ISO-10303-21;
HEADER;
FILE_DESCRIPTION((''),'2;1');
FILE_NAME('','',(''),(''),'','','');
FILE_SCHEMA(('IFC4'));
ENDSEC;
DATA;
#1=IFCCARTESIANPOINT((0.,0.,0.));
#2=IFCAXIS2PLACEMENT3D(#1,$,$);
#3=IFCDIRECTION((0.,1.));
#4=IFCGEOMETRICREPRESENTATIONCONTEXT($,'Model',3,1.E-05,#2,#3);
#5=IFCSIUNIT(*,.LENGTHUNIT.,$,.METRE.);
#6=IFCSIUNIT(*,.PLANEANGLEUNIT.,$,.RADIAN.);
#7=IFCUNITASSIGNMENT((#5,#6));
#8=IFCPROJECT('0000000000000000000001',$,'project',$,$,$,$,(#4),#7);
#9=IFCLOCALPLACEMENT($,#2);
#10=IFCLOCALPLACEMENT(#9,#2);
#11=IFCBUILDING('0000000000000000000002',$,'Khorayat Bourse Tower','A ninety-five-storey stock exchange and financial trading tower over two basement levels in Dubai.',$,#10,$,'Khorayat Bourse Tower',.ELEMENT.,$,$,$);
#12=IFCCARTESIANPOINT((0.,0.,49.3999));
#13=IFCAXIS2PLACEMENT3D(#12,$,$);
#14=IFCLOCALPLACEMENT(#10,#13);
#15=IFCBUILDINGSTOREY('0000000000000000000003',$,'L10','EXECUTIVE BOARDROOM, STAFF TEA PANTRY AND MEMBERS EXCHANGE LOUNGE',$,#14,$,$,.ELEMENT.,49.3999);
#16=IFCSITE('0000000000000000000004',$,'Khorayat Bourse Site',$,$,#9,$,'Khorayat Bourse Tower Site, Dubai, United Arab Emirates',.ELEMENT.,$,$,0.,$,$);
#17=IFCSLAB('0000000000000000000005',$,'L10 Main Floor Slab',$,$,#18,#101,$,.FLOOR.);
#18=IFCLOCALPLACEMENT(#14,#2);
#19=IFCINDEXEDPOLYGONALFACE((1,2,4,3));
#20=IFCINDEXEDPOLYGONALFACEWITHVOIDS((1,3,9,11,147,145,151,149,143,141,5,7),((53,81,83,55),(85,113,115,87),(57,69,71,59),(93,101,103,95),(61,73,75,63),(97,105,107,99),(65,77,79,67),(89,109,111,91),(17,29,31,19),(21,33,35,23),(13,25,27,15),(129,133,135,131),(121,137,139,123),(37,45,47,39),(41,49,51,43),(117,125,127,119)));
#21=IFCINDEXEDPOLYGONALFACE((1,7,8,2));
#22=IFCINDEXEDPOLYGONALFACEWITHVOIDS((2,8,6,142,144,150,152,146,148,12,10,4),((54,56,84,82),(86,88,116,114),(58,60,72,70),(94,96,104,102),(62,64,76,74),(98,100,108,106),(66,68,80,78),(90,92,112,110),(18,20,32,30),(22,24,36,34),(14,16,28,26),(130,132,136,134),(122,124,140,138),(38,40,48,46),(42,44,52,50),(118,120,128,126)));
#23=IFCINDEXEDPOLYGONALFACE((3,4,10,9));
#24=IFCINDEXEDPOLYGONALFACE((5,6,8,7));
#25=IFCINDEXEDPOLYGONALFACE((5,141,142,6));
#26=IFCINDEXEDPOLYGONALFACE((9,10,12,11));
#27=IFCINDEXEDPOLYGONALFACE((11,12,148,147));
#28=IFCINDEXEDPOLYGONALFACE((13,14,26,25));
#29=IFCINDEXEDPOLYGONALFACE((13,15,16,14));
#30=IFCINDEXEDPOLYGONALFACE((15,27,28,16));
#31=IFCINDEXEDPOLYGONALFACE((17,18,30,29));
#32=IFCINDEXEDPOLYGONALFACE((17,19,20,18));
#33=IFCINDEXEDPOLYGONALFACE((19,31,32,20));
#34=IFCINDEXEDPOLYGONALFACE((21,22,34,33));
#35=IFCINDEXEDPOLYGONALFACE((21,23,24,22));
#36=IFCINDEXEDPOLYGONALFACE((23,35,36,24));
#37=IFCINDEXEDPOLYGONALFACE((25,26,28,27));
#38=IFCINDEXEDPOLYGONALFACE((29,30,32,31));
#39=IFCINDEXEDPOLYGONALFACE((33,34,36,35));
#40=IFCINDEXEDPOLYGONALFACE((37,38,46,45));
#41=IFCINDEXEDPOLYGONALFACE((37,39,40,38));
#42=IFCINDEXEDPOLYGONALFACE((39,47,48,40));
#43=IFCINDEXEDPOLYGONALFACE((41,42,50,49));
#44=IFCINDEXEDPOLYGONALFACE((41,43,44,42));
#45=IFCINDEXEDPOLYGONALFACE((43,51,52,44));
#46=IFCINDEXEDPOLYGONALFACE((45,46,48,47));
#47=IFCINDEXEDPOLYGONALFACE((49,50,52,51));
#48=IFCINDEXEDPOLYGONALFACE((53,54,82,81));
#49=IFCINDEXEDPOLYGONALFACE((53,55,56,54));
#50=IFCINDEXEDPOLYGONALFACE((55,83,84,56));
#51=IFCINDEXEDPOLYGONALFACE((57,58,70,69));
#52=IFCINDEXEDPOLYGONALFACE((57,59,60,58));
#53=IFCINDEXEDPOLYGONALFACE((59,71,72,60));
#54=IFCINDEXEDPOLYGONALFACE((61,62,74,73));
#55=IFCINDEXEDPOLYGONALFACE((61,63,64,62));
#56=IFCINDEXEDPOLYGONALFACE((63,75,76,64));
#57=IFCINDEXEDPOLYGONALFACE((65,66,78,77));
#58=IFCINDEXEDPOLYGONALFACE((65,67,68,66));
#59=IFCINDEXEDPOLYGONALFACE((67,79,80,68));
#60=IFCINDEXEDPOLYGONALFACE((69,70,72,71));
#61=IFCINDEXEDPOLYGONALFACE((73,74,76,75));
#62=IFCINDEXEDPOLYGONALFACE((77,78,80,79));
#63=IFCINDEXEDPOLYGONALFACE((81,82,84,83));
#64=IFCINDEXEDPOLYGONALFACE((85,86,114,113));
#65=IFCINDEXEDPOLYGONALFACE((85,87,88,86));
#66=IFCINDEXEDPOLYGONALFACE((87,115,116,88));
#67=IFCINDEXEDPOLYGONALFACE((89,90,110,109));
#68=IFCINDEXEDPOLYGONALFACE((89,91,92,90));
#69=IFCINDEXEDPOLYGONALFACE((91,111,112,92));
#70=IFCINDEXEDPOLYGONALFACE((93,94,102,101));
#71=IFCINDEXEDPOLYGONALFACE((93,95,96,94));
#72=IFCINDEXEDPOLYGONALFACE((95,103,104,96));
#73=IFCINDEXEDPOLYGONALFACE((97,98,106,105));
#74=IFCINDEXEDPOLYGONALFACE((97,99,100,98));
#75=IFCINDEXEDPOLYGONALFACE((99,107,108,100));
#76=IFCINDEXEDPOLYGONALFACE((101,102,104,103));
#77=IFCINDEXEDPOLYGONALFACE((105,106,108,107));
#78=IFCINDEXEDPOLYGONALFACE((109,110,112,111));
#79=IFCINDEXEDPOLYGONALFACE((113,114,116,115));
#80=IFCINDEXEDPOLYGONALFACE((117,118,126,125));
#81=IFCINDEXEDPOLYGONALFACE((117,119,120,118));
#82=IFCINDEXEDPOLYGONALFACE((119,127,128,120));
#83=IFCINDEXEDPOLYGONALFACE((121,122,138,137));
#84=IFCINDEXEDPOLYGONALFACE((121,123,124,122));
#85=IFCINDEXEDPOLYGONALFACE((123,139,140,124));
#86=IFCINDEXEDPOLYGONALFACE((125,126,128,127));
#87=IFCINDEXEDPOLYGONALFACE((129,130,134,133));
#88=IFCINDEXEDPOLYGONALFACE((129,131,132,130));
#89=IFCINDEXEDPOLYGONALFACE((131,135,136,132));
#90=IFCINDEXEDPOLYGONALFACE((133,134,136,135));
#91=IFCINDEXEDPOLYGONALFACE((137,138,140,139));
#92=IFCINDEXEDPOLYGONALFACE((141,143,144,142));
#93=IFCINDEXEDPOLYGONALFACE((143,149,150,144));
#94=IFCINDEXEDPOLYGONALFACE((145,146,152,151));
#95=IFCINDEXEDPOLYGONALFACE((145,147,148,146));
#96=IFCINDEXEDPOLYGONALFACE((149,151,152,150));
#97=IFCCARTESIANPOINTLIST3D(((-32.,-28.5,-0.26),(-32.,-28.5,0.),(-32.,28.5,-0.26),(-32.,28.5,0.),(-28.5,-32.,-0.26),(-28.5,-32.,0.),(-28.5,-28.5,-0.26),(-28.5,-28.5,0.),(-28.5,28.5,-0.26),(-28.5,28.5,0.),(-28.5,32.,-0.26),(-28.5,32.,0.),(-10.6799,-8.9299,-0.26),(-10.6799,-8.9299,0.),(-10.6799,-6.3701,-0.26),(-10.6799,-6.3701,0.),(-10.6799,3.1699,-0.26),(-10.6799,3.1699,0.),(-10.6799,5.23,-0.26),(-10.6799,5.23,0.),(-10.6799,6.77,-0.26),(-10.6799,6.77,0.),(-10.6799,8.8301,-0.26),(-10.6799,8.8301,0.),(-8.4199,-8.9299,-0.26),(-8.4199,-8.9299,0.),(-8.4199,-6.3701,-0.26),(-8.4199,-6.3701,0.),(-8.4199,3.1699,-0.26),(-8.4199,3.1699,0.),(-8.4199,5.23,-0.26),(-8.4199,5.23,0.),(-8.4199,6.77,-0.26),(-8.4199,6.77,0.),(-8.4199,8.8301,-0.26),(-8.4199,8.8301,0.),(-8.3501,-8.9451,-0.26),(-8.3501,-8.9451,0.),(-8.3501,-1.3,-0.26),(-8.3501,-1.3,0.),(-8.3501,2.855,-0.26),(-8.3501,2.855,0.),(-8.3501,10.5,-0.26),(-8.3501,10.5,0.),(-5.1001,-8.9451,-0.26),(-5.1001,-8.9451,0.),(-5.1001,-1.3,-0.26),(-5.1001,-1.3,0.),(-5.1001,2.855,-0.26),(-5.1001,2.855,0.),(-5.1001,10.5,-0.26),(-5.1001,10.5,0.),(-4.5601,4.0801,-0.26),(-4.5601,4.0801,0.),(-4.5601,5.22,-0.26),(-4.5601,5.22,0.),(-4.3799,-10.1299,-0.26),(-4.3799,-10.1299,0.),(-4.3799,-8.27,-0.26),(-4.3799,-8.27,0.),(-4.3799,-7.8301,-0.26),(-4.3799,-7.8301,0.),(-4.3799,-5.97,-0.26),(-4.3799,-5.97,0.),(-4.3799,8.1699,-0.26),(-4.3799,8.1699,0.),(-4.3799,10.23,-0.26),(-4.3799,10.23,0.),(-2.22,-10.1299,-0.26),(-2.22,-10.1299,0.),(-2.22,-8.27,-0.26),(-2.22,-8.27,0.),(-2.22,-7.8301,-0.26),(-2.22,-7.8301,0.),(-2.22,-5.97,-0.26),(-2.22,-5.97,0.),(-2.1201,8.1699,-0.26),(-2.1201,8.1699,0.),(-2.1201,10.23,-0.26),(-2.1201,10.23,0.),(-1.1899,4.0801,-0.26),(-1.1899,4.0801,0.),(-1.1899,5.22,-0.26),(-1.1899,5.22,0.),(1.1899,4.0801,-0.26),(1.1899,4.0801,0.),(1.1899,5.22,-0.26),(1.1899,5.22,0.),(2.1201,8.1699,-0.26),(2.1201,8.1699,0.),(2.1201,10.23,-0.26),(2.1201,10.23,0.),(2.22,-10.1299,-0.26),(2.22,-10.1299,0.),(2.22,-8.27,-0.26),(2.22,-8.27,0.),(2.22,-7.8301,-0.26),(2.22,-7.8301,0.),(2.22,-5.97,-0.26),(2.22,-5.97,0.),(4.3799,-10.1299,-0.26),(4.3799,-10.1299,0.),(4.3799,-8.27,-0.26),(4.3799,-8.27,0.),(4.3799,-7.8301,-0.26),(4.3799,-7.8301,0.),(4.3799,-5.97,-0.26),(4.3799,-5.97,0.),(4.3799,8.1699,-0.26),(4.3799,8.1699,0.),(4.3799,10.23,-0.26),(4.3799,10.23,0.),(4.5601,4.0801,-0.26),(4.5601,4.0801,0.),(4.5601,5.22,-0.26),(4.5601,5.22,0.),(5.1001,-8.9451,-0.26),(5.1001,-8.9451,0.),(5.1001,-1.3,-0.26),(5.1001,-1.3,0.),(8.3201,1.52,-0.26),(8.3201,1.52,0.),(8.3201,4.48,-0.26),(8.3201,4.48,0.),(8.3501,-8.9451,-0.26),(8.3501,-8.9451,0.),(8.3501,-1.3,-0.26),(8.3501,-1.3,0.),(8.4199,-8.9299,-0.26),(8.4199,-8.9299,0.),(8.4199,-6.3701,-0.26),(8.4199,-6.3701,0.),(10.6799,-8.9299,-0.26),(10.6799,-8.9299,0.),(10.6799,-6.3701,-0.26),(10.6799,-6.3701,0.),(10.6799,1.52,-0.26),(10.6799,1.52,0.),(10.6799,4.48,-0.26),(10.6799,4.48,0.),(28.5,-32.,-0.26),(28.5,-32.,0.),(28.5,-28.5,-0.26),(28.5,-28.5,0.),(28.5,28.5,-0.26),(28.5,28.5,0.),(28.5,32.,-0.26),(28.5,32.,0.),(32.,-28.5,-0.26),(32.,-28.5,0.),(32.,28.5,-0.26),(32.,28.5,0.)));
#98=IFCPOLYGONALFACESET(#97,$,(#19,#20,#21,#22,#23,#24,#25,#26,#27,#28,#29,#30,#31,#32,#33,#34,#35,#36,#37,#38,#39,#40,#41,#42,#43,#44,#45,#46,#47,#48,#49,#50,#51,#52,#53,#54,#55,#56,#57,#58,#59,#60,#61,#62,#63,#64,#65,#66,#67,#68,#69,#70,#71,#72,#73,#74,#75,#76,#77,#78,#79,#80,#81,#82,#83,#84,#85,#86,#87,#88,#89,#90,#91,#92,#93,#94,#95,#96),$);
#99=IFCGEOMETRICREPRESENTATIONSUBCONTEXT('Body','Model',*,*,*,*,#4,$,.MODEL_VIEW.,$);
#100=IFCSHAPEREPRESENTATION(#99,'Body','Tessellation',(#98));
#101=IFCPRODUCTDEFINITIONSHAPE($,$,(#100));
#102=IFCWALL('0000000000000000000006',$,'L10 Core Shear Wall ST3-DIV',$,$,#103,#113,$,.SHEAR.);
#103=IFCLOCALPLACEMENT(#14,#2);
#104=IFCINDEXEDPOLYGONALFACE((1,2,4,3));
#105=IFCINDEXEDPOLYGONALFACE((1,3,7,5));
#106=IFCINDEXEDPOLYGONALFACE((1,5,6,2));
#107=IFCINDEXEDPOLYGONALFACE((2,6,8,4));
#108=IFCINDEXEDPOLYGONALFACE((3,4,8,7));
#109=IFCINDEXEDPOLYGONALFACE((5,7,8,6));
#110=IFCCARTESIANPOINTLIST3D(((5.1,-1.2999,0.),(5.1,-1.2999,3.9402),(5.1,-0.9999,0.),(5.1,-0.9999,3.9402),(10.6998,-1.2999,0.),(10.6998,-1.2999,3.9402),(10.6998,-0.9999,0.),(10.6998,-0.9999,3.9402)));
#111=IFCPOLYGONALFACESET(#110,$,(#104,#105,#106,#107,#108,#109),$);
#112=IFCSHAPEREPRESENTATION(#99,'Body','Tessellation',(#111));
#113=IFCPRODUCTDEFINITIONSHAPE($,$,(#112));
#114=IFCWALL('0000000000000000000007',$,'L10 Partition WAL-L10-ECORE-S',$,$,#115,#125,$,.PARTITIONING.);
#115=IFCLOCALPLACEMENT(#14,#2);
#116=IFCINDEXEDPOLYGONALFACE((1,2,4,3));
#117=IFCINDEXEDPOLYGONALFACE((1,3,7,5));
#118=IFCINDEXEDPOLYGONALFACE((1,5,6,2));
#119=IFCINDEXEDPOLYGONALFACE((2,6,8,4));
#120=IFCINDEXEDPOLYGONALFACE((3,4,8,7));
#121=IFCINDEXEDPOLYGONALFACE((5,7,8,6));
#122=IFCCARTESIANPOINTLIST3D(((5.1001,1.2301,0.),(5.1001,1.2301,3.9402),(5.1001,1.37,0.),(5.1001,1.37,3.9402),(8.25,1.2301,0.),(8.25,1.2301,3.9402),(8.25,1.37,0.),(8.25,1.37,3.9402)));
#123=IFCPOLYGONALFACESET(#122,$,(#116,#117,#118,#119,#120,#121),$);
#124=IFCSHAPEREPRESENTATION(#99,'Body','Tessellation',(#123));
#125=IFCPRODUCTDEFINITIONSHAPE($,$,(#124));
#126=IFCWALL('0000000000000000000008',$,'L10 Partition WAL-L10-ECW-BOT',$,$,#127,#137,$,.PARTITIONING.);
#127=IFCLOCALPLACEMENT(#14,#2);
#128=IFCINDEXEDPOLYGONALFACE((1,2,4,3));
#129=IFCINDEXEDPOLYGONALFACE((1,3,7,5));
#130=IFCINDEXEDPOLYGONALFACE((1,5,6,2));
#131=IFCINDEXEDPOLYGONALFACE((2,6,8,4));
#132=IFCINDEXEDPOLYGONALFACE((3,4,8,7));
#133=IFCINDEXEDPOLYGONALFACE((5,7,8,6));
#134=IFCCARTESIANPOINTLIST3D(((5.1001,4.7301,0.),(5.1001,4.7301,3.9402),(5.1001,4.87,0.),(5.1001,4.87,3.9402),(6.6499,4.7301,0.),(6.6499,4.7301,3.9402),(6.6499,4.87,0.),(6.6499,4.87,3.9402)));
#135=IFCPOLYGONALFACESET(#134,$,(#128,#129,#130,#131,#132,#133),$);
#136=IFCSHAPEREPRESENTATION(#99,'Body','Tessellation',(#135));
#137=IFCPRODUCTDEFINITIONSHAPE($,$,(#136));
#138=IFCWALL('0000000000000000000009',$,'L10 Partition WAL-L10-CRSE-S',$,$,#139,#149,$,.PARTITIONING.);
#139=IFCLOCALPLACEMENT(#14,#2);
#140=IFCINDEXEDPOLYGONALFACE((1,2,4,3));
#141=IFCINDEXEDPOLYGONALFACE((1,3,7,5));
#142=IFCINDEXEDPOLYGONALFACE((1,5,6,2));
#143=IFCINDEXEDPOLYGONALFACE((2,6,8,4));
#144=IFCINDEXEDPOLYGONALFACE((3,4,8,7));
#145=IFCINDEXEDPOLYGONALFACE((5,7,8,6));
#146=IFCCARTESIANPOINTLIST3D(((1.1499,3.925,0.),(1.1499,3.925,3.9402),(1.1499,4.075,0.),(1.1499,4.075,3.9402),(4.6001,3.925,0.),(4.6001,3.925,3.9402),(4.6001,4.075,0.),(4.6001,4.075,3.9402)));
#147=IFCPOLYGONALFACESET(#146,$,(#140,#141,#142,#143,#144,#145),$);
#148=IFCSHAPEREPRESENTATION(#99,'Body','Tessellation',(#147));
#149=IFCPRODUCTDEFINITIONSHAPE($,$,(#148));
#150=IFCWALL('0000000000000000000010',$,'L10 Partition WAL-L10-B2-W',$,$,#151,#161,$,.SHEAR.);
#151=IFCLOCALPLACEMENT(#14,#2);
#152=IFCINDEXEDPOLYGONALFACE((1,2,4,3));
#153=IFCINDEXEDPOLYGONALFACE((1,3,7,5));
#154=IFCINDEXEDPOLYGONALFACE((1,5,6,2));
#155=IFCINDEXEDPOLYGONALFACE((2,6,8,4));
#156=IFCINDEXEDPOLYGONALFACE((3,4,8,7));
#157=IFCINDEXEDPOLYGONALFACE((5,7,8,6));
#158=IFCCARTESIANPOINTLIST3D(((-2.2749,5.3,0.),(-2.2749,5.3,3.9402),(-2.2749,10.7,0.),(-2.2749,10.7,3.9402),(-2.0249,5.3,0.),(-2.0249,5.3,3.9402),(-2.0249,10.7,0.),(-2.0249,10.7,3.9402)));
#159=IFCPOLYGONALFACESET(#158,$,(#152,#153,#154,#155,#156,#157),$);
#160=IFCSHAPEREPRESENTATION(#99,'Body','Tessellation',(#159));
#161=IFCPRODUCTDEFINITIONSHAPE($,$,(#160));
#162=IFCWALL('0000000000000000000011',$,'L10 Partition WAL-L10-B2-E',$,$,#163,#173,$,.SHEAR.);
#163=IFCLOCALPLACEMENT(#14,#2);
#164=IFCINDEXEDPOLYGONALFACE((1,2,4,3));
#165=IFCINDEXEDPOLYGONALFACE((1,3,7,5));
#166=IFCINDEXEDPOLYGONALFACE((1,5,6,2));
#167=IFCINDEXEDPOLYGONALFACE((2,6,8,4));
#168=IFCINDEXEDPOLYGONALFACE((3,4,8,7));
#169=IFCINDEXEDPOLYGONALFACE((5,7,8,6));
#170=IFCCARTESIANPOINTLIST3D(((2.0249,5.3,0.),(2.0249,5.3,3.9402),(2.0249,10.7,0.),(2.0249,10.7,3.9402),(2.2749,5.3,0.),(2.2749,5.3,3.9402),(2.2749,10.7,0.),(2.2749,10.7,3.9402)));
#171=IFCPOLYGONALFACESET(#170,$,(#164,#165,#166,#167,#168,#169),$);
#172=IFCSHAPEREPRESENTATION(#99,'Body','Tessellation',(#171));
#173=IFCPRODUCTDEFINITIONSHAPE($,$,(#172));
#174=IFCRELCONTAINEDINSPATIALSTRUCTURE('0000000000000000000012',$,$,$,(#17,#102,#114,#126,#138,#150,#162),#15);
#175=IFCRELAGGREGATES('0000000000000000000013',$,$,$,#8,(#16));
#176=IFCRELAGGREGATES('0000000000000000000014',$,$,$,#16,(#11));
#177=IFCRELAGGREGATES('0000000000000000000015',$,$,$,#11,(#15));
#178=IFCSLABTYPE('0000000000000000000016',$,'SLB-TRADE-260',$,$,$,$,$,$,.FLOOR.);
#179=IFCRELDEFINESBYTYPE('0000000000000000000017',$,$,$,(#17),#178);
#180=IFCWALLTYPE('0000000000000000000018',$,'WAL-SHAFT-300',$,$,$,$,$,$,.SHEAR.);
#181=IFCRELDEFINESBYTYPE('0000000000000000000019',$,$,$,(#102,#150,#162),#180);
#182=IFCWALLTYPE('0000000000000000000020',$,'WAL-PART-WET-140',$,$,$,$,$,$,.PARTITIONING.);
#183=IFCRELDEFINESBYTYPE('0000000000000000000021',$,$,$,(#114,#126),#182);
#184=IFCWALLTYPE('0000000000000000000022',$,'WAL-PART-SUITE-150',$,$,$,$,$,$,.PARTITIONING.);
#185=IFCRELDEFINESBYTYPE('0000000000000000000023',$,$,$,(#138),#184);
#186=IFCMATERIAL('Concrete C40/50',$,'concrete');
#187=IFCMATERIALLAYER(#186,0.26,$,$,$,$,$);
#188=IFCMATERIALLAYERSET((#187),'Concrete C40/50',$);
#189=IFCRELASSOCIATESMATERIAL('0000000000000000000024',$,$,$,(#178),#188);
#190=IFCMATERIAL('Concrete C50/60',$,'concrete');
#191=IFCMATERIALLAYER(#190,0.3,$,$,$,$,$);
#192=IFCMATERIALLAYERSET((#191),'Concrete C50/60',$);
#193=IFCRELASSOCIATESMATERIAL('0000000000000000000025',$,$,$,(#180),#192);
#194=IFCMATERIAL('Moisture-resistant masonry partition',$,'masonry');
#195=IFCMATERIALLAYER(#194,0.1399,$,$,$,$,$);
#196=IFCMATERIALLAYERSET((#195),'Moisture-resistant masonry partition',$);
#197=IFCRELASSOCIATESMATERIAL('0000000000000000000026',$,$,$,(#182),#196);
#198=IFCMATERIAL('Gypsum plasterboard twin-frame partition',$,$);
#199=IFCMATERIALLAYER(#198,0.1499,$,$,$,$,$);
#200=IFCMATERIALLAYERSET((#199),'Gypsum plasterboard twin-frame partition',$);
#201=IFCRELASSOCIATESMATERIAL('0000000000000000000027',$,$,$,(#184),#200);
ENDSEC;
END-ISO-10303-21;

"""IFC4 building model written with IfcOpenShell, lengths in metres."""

from ifc_helpers import new_model, si_unit, direction, frame, frame_2d, origin, place, context, subcontext, project, spatial, polyline, rectangle, outline, extrude, source, transform, mapped, material, layer, layer_set, type_object, element, save


model = new_model("IFC4")

# Units and contexts
model_context = context("Model", 3, precision=1e-05, world=origin(), true_north=direction((0.0, 1.0)))
body_context = subcontext(model_context, "Body", "Model", "MODEL_VIEW")
ifc_project = project(units=[si_unit("LENGTHUNIT", "METRE"), si_unit("PLANEANGLEUNIT", "RADIAN")], contexts=[model_context])

# Site, building, storey
site_placement = place(None, origin())
site = spatial("IfcSite", under=ifc_project, at=site_placement, Name="Khorayat Bourse Site", LongName="Khorayat Bourse Tower Site, Dubai, United Arab Emirates", CompositionType="ELEMENT", RefElevation=0.0)
building_placement = place(site_placement, origin())
building = spatial("IfcBuilding", under=site, at=building_placement, Name="Khorayat Bourse Tower", Description="A ninety-five-storey stock exchange and financial trading tower over two basement levels in Dubai.", LongName="Khorayat Bourse Tower", CompositionType="ELEMENT")
storey_placement = place(building_placement, frame((0.0, 0.0, 49.3999)))
storey = spatial("IfcBuildingStorey", under=building, at=storey_placement, Name="L10", Description="EXECUTIVE BOARDROOM, STAFF TEA PANTRY AND MEMBERS EXCHANGE LOUNGE", CompositionType="ELEMENT", Elevation=49.3999)

# Shared definitions
ifc_material_1 = material(Name="Concrete C40/50", Category="concrete")

# Slab
ifc_layer_1 = layer(ifc_material_1, 0.26)
ifc_layer_set_1 = layer_set([ifc_layer_1], Name="Concrete C40/50")
slab_type_1 = type_object("IfcSlabType", Name="SLB-TRADE-260", PredefinedType="FLOOR", material=ifc_layer_set_1)
slab_1_placement = place(storey_placement, frame((0.0, 0.0, -0.26)))
element("IfcSlab", 1, at=slab_1_placement, inside=storey, type_object=slab_type_1, Name="L10 Main Floor Slab", PredefinedType="FLOOR", context=body_context, shape_type="SweptSolid", body=[
    extrude(outline(polyline([(-28.5, -32.0), (28.5, -32.0), (28.5, -28.5), (32.0, -28.5), (32.0, 28.5), (28.5, 28.5), (28.5, 32.0), (-28.5, 32.0), (-28.5, 28.5), (-32.0, 28.5), (-32.0, -28.5), (-28.5, -28.5), (-28.5, -32.0)]), holes=[polyline([(-8.3501, -8.9451), (-5.1001, -8.9451), (-5.1001, -1.3), (-8.3501, -1.3), (-8.3501, -8.9451)]), polyline([(-8.3501, 2.855), (-5.1001, 2.855), (-5.1001, 10.5), (-8.3501, 10.5), (-8.3501, 2.855)]), polyline([(5.1001, -8.9451), (8.3501, -8.9451), (8.3501, -1.3), (5.1001, -1.3), (5.1001, -8.9451)]), polyline([(-4.3799, -10.1299), (-2.22, -10.1299), (-2.22, -8.27), (-4.3799, -8.27), (-4.3799, -10.1299)]), polyline([(2.22, -10.1299), (4.3799, -10.1299), (4.3799, -8.27), (2.22, -8.27), (2.22, -10.1299)]), polyline([(-4.3799, -7.8301), (-2.22, -7.8301), (-2.22, -5.97), (-4.3799, -5.97), (-4.3799, -7.8301)]), polyline([(2.22, -7.8301), (4.3799, -7.8301), (4.3799, -5.97), (2.22, -5.97), (2.22, -7.8301)]), polyline([(-4.3799, 8.1699), (-2.1201, 8.1699), (-2.1201, 10.23), (-4.3799, 10.23), (-4.3799, 8.1699)]), polyline([(2.1201, 8.1699), (4.3799, 8.1699), (4.3799, 10.23), (2.1201, 10.23), (2.1201, 8.1699)]), polyline([(-10.6799, 3.1699), (-8.4199, 3.1699), (-8.4199, 5.23), (-10.6799, 5.23), (-10.6799, 3.1699)]), polyline([(-10.6799, 6.77), (-8.4199, 6.77), (-8.4199, 8.8301), (-10.6799, 8.8301), (-10.6799, 6.77)]), polyline([(-10.6799, -8.9299), (-8.4199, -8.9299), (-8.4199, -6.3701), (-10.6799, -6.3701), (-10.6799, -8.9299)]), polyline([(8.4199, -8.9299), (10.6799, -8.9299), (10.6799, -6.3701), (8.4199, -6.3701), (8.4199, -8.9299)]), polyline([(8.3201, 1.52), (10.6799, 1.52), (10.6799, 4.48), (8.3201, 4.48), (8.3201, 1.52)]), polyline([(-4.5601, 4.0801), (-1.1899, 4.0801), (-1.1899, 5.22), (-4.5601, 5.22), (-4.5601, 4.0801)]), polyline([(1.1899, 4.0801), (4.5601, 4.0801), (4.5601, 5.22), (1.1899, 5.22), (1.1899, 4.0801)])]), origin(), (0.0, 0.0, 1.0), 0.26),
])

# Walls
ifc_material_2 = material(Name="Concrete C50/60", Category="concrete")
ifc_layer_2 = layer(ifc_material_2, 0.3)
ifc_layer_set_2 = layer_set([ifc_layer_2], Name="Concrete C50/60")
wall_type_1 = type_object("IfcWallType", Name="WAL-SHAFT-300", PredefinedType="SHEAR", material=ifc_layer_set_2)
shared_shape_1 = source(origin(), body_context, "Body", "SweptSolid", [
    extrude(rectangle(XDim=5.5999, YDim=0.3, at=frame_2d((2.7998, 0.0))), origin(), (0.0, 0.0, 1.0), 3.9402),
])
wall_1_placement = place(storey_placement, frame((5.1001, -1.1499, 0.0), z_axis=(0.0, 0.0, 1.0), x_axis=(1.0, 0.0, 0.0)))
element("IfcWall", 2, at=wall_1_placement, inside=storey, type_object=wall_type_1, Name="L10 Core Shear Wall ST3-DIV", PredefinedType="SHEAR", context=body_context, shape_type="MappedRepresentation", body=[
    mapped(shared_shape_1, transform((0.0, 0.0, 0.0), scale=1.0)),
])
ifc_material_3 = material(Name="Moisture-resistant masonry partition", Category="masonry")
ifc_layer_3 = layer(ifc_material_3, 0.1399)
ifc_layer_set_3 = layer_set([ifc_layer_3], Name="Moisture-resistant masonry partition")
wall_type_2 = type_object("IfcWallType", Name="WAL-PART-WET-140", PredefinedType="PARTITIONING", material=ifc_layer_set_3)
shared_shape_2 = source(origin(), body_context, "Body", "SweptSolid", [
    extrude(rectangle(XDim=3.1499, YDim=0.1399, at=frame_2d((1.575, 0.0))), origin(), (0.0, 0.0, 1.0), 3.9402),
])
wall_2_placement = place(storey_placement, frame((5.1001, 1.3, 0.0), z_axis=(0.0, 0.0, 1.0), x_axis=(1.0, 0.0, 0.0)))
element("IfcWall", 3, at=wall_2_placement, inside=storey, type_object=wall_type_2, Name="L10 Partition WAL-L10-ECORE-S", PredefinedType="PARTITIONING", context=body_context, shape_type="MappedRepresentation", body=[
    mapped(shared_shape_2, transform((0.0, 0.0, 0.0), scale=1.0)),
])

# Walls
shared_shape_3 = source(origin(), body_context, "Body", "SweptSolid", [
    extrude(rectangle(XDim=1.5498, YDim=0.1399, at=frame_2d((0.7749, 0.0))), origin(), (0.0, 0.0, 1.0), 3.9402),
])
wall_3_placement = place(storey_placement, frame((5.1001, 4.8, 0.0), z_axis=(0.0, 0.0, 1.0), x_axis=(1.0, 0.0, 0.0)))
element("IfcWall", 4, at=wall_3_placement, inside=storey, type_object=wall_type_2, Name="L10 Partition WAL-L10-ECW-BOT", PredefinedType="PARTITIONING", context=body_context, shape_type="MappedRepresentation", body=[
    mapped(shared_shape_3, transform((0.0, 0.0, 0.0), scale=1.0)),
])
ifc_material_4 = material(Name="Gypsum plasterboard twin-frame partition")
ifc_layer_4 = layer(ifc_material_4, 0.1499)
ifc_layer_set_4 = layer_set([ifc_layer_4], Name="Gypsum plasterboard twin-frame partition")
wall_type_3 = type_object("IfcWallType", Name="WAL-PART-SUITE-150", PredefinedType="PARTITIONING", material=ifc_layer_set_4)
shared_shape_4 = source(origin(), body_context, "Body", "SweptSolid", [
    extrude(rectangle(XDim=3.4502, YDim=0.1499, at=frame_2d((1.7251, 0.0))), origin(), (0.0, 0.0, 1.0), 3.9402),
])
wall_4_placement = place(storey_placement, frame((1.1499, 4.0, 0.0), z_axis=(0.0, 0.0, 1.0), x_axis=(1.0, 0.0, 0.0)))
element("IfcWall", 5, at=wall_4_placement, inside=storey, type_object=wall_type_3, Name="L10 Partition WAL-L10-CRSE-S", PredefinedType="PARTITIONING", context=body_context, shape_type="MappedRepresentation", body=[
    mapped(shared_shape_4, transform((0.0, 0.0, 0.0), scale=1.0)),
])
shared_shape_5 = source(origin(), body_context, "Body", "SweptSolid", [
    extrude(rectangle(XDim=5.3999, YDim=0.25, at=frame_2d((2.7, 0.0))), origin(), (0.0, 0.0, 1.0), 3.9402),
])
for number, where, z_axis, x_axis, name in (
    (6, (-2.1499, 5.3, 0.0), (0.0, 0.0, 1.0), (0.0, 1.0, 0.0), "L10 Partition WAL-L10-B2-W"),
    (7, (2.1499, 5.3, 0.0), (0.0, 0.0, 1.0), (0.0, 1.0, 0.0), "L10 Partition WAL-L10-B2-E"),
):
    element("IfcWall", number, at=place(storey_placement, frame(where, z_axis=z_axis, x_axis=x_axis)), inside=storey, type_object=wall_type_1, Name=name, PredefinedType="SHEAR", context=body_context, shape_type="MappedRepresentation", body=[
        mapped(shared_shape_5, transform((0.0, 0.0, 0.0), scale=1.0)),
    ])

save(model, "model.ifc")
